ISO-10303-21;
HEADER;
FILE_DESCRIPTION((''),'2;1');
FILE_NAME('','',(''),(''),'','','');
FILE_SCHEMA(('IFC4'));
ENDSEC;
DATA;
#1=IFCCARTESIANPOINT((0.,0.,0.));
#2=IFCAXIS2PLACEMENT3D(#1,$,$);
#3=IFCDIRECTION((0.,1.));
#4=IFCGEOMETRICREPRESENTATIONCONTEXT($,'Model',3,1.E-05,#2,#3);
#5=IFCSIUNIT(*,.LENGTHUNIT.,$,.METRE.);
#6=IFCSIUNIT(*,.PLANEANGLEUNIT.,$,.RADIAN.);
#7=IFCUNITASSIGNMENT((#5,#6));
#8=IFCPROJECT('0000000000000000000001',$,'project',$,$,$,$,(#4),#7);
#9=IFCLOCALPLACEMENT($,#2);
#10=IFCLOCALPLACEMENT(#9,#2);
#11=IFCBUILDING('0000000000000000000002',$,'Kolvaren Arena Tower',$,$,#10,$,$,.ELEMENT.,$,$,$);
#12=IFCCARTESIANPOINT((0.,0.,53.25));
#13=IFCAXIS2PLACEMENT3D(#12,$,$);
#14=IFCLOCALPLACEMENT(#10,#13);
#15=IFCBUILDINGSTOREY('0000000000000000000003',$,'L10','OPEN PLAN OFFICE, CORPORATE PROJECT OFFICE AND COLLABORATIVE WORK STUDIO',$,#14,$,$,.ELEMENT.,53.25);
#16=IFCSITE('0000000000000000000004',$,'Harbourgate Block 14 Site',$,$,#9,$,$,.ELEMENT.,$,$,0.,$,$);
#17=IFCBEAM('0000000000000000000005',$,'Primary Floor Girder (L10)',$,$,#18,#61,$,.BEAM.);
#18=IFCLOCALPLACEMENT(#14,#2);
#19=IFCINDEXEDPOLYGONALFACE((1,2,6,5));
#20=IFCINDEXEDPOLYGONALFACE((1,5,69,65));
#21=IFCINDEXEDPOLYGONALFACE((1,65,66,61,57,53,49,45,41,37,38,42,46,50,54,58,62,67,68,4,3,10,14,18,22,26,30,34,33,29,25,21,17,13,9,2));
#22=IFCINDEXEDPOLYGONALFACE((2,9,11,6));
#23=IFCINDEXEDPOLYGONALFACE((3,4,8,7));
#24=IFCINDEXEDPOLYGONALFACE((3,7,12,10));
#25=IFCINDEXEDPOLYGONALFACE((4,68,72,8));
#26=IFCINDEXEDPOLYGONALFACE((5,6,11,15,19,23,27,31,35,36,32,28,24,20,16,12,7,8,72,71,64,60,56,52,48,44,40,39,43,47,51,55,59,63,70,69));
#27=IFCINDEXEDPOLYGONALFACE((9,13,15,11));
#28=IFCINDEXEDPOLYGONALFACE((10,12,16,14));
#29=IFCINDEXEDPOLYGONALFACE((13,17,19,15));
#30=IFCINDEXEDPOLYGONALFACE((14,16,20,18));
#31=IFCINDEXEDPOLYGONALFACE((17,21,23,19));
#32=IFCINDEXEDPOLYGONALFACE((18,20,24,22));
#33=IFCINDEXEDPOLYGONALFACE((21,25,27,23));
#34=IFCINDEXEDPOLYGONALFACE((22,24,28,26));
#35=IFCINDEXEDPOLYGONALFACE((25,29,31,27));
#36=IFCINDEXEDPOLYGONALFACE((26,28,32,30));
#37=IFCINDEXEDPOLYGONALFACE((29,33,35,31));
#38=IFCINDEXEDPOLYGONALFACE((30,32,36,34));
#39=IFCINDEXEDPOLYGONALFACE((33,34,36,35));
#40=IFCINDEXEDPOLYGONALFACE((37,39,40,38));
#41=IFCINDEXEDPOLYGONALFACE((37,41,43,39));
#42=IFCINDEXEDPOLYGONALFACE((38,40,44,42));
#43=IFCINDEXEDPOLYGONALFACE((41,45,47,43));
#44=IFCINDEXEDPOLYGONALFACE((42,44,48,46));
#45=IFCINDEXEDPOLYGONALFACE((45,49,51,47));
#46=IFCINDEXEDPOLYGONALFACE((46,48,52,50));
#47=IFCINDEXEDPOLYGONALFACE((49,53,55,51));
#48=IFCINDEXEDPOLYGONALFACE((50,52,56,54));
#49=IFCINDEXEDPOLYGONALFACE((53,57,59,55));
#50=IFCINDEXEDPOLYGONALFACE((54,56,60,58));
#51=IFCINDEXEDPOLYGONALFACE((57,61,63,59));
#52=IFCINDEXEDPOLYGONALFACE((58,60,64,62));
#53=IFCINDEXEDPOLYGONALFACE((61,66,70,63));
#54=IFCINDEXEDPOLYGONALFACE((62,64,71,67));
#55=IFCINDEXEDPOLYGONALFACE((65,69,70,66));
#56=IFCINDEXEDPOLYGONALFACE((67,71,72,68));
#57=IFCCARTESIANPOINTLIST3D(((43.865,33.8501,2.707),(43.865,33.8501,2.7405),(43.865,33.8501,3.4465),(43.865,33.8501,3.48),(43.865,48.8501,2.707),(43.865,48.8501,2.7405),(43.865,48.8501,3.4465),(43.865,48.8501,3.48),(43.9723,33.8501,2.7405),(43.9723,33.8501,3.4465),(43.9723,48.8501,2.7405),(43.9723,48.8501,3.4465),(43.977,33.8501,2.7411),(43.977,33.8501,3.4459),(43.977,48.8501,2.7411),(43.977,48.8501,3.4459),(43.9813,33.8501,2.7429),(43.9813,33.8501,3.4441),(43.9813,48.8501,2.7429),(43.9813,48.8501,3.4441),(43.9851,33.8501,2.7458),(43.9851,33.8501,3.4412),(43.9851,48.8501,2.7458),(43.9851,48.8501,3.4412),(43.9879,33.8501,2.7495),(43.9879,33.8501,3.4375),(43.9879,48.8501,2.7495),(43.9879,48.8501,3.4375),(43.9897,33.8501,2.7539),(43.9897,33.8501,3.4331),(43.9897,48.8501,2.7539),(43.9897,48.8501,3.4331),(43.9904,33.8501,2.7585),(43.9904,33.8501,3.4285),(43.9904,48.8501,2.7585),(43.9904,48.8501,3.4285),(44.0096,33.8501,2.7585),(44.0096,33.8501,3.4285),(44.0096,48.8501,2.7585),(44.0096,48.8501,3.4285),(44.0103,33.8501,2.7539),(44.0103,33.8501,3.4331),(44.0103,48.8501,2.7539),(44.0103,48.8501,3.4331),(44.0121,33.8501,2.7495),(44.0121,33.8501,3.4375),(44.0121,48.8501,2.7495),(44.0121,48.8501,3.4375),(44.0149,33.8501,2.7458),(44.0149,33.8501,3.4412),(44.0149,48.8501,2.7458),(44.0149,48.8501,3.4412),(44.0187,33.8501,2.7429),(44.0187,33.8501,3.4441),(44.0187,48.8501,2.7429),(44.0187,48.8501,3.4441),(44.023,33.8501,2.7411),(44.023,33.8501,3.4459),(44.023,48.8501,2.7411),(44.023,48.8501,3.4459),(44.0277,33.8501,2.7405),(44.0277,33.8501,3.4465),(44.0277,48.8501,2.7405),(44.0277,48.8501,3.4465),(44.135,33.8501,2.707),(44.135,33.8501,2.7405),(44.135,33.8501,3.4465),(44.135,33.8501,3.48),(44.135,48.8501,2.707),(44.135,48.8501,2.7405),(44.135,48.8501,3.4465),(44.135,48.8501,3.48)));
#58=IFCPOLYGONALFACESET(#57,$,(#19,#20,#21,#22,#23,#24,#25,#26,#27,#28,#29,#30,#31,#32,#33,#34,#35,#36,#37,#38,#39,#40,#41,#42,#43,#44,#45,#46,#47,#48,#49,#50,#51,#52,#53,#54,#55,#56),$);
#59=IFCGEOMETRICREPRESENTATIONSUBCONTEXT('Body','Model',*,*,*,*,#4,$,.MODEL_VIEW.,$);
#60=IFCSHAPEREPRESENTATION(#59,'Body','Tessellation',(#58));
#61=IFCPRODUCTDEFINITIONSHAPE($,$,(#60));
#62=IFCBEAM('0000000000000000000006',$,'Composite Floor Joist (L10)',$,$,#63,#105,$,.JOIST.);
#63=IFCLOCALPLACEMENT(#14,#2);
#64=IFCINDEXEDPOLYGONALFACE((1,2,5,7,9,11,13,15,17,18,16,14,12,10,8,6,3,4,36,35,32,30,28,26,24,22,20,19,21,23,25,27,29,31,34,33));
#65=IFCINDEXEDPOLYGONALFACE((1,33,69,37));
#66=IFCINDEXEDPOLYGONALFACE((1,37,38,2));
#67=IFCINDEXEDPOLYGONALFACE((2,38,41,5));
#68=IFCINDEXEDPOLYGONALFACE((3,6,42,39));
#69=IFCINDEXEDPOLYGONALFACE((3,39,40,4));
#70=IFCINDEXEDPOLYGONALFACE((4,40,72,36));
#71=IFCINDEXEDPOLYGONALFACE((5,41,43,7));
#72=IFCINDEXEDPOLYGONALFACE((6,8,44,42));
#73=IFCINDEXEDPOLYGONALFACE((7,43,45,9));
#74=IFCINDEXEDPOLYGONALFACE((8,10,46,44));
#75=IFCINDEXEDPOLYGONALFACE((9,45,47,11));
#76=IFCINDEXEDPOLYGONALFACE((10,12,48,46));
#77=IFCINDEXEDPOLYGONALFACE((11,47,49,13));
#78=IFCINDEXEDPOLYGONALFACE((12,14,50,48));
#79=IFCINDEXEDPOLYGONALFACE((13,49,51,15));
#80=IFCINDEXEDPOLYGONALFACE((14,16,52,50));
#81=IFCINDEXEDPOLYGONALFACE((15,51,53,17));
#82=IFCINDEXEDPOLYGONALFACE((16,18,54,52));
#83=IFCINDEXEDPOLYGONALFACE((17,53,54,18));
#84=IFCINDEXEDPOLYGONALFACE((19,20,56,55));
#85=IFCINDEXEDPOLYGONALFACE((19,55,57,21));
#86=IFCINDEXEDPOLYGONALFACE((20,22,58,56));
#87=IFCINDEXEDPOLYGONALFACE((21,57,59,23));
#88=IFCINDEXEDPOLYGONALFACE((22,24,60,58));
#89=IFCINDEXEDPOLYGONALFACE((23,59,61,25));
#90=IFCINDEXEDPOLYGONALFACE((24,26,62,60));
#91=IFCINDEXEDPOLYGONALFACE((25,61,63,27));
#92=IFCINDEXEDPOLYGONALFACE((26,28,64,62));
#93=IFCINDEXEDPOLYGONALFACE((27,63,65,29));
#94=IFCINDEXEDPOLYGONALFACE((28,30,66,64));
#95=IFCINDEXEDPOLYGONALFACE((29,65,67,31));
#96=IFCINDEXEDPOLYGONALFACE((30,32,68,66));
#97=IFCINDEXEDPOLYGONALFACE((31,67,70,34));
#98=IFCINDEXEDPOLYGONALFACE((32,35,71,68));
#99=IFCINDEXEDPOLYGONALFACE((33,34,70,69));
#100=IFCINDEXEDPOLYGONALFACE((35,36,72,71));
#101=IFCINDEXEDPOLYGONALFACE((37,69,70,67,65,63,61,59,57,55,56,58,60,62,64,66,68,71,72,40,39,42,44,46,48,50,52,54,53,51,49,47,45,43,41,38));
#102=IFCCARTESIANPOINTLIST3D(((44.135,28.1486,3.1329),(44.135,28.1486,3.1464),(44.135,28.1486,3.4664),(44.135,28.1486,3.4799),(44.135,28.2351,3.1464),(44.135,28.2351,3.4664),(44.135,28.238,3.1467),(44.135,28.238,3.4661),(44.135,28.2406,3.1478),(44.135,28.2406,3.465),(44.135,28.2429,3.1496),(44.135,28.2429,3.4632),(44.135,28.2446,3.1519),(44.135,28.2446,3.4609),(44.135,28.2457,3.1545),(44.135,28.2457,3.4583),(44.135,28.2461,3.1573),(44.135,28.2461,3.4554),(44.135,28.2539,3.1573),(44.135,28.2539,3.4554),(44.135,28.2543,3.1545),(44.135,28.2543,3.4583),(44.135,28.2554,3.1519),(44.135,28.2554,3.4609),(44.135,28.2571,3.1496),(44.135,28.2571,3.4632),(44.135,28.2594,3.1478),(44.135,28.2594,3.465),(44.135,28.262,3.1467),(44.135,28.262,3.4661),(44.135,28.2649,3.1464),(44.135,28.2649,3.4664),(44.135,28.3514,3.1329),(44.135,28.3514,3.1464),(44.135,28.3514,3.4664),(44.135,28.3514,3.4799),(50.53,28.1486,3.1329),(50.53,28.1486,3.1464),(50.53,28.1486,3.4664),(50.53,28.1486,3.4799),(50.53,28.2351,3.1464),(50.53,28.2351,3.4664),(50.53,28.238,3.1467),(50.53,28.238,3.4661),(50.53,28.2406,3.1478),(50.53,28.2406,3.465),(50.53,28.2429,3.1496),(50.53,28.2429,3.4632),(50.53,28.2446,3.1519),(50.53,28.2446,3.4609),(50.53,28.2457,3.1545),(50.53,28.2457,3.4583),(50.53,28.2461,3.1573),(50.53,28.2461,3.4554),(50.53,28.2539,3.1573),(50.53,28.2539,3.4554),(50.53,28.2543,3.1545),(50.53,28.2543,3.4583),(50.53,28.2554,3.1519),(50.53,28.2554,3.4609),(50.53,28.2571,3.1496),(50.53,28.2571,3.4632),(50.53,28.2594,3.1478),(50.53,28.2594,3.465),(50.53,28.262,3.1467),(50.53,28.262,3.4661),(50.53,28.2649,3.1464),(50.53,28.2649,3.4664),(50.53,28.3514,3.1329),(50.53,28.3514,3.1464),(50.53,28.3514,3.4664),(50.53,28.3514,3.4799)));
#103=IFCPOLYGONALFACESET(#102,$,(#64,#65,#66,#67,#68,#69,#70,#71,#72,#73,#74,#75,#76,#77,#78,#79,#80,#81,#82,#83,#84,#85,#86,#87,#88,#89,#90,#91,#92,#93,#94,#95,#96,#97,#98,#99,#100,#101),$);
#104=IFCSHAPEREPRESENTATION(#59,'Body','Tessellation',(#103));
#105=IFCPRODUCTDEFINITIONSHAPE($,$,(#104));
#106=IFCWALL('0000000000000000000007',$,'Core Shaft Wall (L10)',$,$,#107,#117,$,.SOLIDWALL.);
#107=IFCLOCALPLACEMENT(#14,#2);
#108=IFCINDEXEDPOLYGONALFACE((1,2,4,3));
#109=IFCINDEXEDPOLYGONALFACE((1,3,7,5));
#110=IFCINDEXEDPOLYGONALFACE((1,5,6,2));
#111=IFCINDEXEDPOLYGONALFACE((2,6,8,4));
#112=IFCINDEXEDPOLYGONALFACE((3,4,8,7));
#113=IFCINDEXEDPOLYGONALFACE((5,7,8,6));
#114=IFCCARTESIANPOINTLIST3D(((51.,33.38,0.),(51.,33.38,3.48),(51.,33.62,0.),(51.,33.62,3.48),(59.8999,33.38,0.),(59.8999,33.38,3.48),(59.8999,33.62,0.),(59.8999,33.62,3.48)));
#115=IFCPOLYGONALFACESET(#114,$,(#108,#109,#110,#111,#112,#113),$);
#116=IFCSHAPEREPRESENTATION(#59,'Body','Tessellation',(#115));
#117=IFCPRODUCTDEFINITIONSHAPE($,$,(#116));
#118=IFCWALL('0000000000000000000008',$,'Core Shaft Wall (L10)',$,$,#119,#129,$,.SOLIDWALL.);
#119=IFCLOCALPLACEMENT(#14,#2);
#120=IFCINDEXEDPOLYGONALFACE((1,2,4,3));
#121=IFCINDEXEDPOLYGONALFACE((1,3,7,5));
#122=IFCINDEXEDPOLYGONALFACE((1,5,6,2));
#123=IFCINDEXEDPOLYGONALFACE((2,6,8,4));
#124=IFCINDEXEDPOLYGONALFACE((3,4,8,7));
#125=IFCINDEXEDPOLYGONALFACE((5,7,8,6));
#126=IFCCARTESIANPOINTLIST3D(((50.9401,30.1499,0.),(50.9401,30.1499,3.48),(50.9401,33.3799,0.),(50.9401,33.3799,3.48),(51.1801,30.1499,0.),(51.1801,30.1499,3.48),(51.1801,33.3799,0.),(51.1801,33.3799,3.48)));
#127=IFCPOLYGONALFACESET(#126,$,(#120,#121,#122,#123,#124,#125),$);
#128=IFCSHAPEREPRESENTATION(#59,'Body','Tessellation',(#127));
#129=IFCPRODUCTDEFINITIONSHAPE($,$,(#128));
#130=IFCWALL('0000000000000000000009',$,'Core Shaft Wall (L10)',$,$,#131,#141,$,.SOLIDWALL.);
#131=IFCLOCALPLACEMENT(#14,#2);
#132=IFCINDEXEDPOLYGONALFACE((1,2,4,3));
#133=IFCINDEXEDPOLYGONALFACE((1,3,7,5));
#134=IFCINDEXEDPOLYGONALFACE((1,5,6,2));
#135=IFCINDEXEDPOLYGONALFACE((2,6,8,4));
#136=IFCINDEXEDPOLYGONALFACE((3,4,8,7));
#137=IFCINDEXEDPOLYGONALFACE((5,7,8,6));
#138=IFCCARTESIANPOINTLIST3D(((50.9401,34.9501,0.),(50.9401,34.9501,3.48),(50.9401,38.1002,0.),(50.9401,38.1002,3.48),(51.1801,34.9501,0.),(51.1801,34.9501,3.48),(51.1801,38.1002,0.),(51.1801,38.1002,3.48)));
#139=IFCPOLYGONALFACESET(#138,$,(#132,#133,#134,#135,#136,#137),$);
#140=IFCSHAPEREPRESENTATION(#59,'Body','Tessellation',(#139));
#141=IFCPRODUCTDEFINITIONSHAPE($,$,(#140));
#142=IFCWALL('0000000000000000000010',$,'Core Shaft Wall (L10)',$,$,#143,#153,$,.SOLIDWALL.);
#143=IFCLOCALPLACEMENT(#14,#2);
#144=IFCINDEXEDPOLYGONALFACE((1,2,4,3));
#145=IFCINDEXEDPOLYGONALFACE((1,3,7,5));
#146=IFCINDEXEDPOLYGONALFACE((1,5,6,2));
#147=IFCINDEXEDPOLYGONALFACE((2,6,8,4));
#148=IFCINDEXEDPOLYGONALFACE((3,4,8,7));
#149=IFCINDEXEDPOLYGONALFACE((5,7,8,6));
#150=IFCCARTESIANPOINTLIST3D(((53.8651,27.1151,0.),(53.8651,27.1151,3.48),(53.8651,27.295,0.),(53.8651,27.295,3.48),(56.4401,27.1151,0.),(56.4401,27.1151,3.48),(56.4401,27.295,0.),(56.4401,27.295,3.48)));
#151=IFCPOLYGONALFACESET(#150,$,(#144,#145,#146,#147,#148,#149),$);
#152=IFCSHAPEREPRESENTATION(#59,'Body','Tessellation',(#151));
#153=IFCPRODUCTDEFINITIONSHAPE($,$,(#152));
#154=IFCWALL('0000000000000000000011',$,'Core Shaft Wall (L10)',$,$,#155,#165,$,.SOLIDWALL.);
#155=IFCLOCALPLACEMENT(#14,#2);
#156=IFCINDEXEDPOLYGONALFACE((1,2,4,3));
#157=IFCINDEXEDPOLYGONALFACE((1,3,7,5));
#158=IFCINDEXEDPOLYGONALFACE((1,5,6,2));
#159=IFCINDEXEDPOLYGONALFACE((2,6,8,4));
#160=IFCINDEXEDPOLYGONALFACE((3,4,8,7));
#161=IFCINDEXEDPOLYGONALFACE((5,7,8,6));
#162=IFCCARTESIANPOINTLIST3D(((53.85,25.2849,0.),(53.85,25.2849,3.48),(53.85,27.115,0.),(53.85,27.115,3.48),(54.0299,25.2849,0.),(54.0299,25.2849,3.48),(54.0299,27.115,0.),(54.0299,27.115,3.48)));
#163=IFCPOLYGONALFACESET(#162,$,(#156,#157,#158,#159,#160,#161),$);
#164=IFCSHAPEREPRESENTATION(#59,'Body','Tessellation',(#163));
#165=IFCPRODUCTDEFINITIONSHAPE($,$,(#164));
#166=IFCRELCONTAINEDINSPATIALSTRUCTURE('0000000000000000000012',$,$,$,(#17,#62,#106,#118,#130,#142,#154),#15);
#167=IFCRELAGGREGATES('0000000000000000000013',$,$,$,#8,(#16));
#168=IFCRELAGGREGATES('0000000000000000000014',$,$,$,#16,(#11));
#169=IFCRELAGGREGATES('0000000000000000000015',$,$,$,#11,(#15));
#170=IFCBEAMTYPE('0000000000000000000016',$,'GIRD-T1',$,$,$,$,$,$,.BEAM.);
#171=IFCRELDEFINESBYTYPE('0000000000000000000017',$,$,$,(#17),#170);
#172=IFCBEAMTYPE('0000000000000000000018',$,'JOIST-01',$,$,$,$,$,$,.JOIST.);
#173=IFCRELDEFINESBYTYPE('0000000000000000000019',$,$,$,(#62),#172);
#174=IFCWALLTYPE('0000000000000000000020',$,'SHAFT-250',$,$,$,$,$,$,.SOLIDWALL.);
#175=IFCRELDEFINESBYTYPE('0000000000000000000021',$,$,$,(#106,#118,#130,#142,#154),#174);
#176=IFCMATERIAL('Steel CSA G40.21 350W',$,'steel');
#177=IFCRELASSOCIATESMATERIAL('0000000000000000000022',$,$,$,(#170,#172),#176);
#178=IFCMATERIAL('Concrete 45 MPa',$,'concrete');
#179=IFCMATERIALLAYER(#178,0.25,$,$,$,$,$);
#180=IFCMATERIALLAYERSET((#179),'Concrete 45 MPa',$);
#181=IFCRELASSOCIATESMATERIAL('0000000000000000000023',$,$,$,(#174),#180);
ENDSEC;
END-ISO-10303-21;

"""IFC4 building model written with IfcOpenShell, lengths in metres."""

from ifc_helpers import new_model, si_unit, direction, frame, frame_2d, origin, origin_2d, place, context, subcontext, project, spatial, rectangle, i_section, extrude, material, layer, layer_set, material_profile, profile_set, type_object, element, save


model = new_model("IFC4")

# Units and contexts
model_context = context("Model", 3, precision=1e-05, world=origin(), true_north=direction((0.0, 1.0)))
body_context = subcontext(model_context, "Body", "Model", "MODEL_VIEW")
ifc_project = project(units=[si_unit("LENGTHUNIT", "METRE"), si_unit("PLANEANGLEUNIT", "RADIAN")], contexts=[model_context])

# Site, building, storey
site_placement = place(None, origin())
site = spatial("IfcSite", under=ifc_project, at=site_placement, Name="Harbourgate Block 14 Site", CompositionType="ELEMENT", RefElevation=0.0)
building_placement = place(site_placement, origin())
building = spatial("IfcBuilding", under=site, at=building_placement, Name="Kolvaren Arena Tower", CompositionType="ELEMENT")
storey_placement = place(building_placement, frame((0.0, 0.0, 53.25)))
storey = spatial("IfcBuildingStorey", under=building, at=storey_placement, Name="L10", Description="OPEN PLAN OFFICE, CORPORATE PROJECT OFFICE AND COLLABORATIVE WORK STUDIO", CompositionType="ELEMENT", Elevation=53.25)

# Beams
ifc_material_1 = material(Name="Steel CSA G40.21 350W", Category="steel")
ifc_material_profile_1 = material_profile(ifc_material_1, i_section(OverallWidth=0.27, OverallDepth=0.7729, WebThickness=0.0193, FlangeThickness=0.0334, FilletRadius=0.0181, at=origin_2d()), Name="W760x257")
ifc_profile_set_1 = profile_set([ifc_material_profile_1], Name="Steel CSA G40.21 350W")
beam_type_1 = type_object("IfcBeamType", Name="GIRD-T1", PredefinedType="BEAM", material=ifc_profile_set_1)
beam_1_placement = place(storey_placement, frame((44.0, 33.8501, 3.0935), z_axis=(0.0, 1.0, 0.0), x_axis=(-1.0, 0.0, 0.0)))
element("IfcBeam", 1, at=beam_1_placement, inside=storey, type_object=beam_type_1, Name="Primary Floor Girder (L10)", PredefinedType="BEAM", context=body_context, shape_type="SweptSolid", body=[
    extrude(i_section(OverallWidth=0.27, OverallDepth=0.7729, WebThickness=0.0193, FlangeThickness=0.0334, FilletRadius=0.0181, at=origin_2d()), origin(), (0.0, 0.0, 1.0), 15.0),
])
ifc_material_profile_2 = material_profile(ifc_material_1, i_section(OverallWidth=0.2029, OverallDepth=0.3469, WebThickness=0.0078, FlangeThickness=0.0134, FilletRadius=0.011, at=origin_2d()), Name="W360x64")
ifc_profile_set_2 = profile_set([ifc_material_profile_2], Name="Steel CSA G40.21 350W")
beam_type_2 = type_object("IfcBeamType", Name="JOIST-01", PredefinedType="JOIST", material=ifc_profile_set_2)
beam_2_placement = place(storey_placement, frame((44.135, 28.25, 3.3064), z_axis=(1.0, 0.0, 0.0), x_axis=(0.0, 1.0, 0.0)))
element("IfcBeam", 2, at=beam_2_placement, inside=storey, type_object=beam_type_2, Name="Composite Floor Joist (L10)", PredefinedType="JOIST", context=body_context, shape_type="SweptSolid", body=[
    extrude(i_section(OverallWidth=0.2029, OverallDepth=0.3469, WebThickness=0.0078, FlangeThickness=0.0134, FilletRadius=0.011, at=origin_2d()), origin(), (0.0, 0.0, 1.0), 6.395),
])

# Walls
ifc_material_2 = material(Name="Concrete 45 MPa", Category="concrete")
ifc_layer = layer(ifc_material_2, 0.25)
ifc_layer_set = layer_set([ifc_layer], Name="Concrete 45 MPa")
wall_type = type_object("IfcWallType", Name="SHAFT-250", PredefinedType="SOLIDWALL", material=ifc_layer_set)
wall_1_placement = place(storey_placement, frame((51.0, 33.5, 0.0), z_axis=(0.0, 0.0, 1.0), x_axis=(1.0, 0.0, 0.0)))
element("IfcWall", 3, at=wall_1_placement, inside=storey, type_object=wall_type, Name="Core Shaft Wall (L10)", PredefinedType="SOLIDWALL", context=body_context, shape_type="SweptSolid", body=[
    extrude(rectangle(XDim=8.8999, YDim=0.24, at=frame_2d((4.45, 0.0))), origin(), (0.0, 0.0, 1.0), 3.48),
])
wall_2_placement = place(storey_placement, frame((51.0601, 30.1499, 0.0), z_axis=(0.0, 0.0, 1.0), x_axis=(0.0, 1.0, 0.0)))
element("IfcWall", 4, at=wall_2_placement, inside=storey, type_object=wall_type, Name="Core Shaft Wall (L10)", PredefinedType="SOLIDWALL", context=body_context, shape_type="SweptSolid", body=[
    extrude(rectangle(XDim=3.23, YDim=0.24, at=frame_2d((1.615, 0.0))), origin(), (0.0, 0.0, 1.0), 3.48),
])
wall_3_placement = place(storey_placement, frame((51.0601, 34.95, 0.0), z_axis=(0.0, 0.0, 1.0), x_axis=(0.0, 1.0, 0.0)))
element("IfcWall", 5, at=wall_3_placement, inside=storey, type_object=wall_type, Name="Core Shaft Wall (L10)", PredefinedType="SOLIDWALL", context=body_context, shape_type="SweptSolid", body=[
    extrude(rectangle(XDim=3.1501, YDim=0.24, at=frame_2d((1.5752, 0.0))), origin(), (0.0, 0.0, 1.0), 3.48),
])
wall_4_placement = place(storey_placement, frame((53.865, 27.2051, 0.0), z_axis=(0.0, 0.0, 1.0), x_axis=(1.0, 0.0, 0.0)))
element("IfcWall", 6, at=wall_4_placement, inside=storey, type_object=wall_type, Name="Core Shaft Wall (L10)", PredefinedType="SOLIDWALL", context=body_context, shape_type="SweptSolid", body=[
    extrude(rectangle(XDim=2.575, YDim=0.1799, at=frame_2d((1.2876, 0.0))), origin(), (0.0, 0.0, 1.0), 3.48),
])
wall_5_placement = place(storey_placement, frame((53.9399, 25.2849, 0.0), z_axis=(0.0, 0.0, 1.0), x_axis=(0.0, 1.0, 0.0)))
element("IfcWall", 7, at=wall_5_placement, inside=storey, type_object=wall_type, Name="Core Shaft Wall (L10)", PredefinedType="SOLIDWALL", context=body_context, shape_type="SweptSolid", body=[
    extrude(rectangle(XDim=1.8301, YDim=0.1799, at=frame_2d((0.915, 0.0))), origin(), (0.0, 0.0, 1.0), 3.48),
])

save(model, "model.ifc")
